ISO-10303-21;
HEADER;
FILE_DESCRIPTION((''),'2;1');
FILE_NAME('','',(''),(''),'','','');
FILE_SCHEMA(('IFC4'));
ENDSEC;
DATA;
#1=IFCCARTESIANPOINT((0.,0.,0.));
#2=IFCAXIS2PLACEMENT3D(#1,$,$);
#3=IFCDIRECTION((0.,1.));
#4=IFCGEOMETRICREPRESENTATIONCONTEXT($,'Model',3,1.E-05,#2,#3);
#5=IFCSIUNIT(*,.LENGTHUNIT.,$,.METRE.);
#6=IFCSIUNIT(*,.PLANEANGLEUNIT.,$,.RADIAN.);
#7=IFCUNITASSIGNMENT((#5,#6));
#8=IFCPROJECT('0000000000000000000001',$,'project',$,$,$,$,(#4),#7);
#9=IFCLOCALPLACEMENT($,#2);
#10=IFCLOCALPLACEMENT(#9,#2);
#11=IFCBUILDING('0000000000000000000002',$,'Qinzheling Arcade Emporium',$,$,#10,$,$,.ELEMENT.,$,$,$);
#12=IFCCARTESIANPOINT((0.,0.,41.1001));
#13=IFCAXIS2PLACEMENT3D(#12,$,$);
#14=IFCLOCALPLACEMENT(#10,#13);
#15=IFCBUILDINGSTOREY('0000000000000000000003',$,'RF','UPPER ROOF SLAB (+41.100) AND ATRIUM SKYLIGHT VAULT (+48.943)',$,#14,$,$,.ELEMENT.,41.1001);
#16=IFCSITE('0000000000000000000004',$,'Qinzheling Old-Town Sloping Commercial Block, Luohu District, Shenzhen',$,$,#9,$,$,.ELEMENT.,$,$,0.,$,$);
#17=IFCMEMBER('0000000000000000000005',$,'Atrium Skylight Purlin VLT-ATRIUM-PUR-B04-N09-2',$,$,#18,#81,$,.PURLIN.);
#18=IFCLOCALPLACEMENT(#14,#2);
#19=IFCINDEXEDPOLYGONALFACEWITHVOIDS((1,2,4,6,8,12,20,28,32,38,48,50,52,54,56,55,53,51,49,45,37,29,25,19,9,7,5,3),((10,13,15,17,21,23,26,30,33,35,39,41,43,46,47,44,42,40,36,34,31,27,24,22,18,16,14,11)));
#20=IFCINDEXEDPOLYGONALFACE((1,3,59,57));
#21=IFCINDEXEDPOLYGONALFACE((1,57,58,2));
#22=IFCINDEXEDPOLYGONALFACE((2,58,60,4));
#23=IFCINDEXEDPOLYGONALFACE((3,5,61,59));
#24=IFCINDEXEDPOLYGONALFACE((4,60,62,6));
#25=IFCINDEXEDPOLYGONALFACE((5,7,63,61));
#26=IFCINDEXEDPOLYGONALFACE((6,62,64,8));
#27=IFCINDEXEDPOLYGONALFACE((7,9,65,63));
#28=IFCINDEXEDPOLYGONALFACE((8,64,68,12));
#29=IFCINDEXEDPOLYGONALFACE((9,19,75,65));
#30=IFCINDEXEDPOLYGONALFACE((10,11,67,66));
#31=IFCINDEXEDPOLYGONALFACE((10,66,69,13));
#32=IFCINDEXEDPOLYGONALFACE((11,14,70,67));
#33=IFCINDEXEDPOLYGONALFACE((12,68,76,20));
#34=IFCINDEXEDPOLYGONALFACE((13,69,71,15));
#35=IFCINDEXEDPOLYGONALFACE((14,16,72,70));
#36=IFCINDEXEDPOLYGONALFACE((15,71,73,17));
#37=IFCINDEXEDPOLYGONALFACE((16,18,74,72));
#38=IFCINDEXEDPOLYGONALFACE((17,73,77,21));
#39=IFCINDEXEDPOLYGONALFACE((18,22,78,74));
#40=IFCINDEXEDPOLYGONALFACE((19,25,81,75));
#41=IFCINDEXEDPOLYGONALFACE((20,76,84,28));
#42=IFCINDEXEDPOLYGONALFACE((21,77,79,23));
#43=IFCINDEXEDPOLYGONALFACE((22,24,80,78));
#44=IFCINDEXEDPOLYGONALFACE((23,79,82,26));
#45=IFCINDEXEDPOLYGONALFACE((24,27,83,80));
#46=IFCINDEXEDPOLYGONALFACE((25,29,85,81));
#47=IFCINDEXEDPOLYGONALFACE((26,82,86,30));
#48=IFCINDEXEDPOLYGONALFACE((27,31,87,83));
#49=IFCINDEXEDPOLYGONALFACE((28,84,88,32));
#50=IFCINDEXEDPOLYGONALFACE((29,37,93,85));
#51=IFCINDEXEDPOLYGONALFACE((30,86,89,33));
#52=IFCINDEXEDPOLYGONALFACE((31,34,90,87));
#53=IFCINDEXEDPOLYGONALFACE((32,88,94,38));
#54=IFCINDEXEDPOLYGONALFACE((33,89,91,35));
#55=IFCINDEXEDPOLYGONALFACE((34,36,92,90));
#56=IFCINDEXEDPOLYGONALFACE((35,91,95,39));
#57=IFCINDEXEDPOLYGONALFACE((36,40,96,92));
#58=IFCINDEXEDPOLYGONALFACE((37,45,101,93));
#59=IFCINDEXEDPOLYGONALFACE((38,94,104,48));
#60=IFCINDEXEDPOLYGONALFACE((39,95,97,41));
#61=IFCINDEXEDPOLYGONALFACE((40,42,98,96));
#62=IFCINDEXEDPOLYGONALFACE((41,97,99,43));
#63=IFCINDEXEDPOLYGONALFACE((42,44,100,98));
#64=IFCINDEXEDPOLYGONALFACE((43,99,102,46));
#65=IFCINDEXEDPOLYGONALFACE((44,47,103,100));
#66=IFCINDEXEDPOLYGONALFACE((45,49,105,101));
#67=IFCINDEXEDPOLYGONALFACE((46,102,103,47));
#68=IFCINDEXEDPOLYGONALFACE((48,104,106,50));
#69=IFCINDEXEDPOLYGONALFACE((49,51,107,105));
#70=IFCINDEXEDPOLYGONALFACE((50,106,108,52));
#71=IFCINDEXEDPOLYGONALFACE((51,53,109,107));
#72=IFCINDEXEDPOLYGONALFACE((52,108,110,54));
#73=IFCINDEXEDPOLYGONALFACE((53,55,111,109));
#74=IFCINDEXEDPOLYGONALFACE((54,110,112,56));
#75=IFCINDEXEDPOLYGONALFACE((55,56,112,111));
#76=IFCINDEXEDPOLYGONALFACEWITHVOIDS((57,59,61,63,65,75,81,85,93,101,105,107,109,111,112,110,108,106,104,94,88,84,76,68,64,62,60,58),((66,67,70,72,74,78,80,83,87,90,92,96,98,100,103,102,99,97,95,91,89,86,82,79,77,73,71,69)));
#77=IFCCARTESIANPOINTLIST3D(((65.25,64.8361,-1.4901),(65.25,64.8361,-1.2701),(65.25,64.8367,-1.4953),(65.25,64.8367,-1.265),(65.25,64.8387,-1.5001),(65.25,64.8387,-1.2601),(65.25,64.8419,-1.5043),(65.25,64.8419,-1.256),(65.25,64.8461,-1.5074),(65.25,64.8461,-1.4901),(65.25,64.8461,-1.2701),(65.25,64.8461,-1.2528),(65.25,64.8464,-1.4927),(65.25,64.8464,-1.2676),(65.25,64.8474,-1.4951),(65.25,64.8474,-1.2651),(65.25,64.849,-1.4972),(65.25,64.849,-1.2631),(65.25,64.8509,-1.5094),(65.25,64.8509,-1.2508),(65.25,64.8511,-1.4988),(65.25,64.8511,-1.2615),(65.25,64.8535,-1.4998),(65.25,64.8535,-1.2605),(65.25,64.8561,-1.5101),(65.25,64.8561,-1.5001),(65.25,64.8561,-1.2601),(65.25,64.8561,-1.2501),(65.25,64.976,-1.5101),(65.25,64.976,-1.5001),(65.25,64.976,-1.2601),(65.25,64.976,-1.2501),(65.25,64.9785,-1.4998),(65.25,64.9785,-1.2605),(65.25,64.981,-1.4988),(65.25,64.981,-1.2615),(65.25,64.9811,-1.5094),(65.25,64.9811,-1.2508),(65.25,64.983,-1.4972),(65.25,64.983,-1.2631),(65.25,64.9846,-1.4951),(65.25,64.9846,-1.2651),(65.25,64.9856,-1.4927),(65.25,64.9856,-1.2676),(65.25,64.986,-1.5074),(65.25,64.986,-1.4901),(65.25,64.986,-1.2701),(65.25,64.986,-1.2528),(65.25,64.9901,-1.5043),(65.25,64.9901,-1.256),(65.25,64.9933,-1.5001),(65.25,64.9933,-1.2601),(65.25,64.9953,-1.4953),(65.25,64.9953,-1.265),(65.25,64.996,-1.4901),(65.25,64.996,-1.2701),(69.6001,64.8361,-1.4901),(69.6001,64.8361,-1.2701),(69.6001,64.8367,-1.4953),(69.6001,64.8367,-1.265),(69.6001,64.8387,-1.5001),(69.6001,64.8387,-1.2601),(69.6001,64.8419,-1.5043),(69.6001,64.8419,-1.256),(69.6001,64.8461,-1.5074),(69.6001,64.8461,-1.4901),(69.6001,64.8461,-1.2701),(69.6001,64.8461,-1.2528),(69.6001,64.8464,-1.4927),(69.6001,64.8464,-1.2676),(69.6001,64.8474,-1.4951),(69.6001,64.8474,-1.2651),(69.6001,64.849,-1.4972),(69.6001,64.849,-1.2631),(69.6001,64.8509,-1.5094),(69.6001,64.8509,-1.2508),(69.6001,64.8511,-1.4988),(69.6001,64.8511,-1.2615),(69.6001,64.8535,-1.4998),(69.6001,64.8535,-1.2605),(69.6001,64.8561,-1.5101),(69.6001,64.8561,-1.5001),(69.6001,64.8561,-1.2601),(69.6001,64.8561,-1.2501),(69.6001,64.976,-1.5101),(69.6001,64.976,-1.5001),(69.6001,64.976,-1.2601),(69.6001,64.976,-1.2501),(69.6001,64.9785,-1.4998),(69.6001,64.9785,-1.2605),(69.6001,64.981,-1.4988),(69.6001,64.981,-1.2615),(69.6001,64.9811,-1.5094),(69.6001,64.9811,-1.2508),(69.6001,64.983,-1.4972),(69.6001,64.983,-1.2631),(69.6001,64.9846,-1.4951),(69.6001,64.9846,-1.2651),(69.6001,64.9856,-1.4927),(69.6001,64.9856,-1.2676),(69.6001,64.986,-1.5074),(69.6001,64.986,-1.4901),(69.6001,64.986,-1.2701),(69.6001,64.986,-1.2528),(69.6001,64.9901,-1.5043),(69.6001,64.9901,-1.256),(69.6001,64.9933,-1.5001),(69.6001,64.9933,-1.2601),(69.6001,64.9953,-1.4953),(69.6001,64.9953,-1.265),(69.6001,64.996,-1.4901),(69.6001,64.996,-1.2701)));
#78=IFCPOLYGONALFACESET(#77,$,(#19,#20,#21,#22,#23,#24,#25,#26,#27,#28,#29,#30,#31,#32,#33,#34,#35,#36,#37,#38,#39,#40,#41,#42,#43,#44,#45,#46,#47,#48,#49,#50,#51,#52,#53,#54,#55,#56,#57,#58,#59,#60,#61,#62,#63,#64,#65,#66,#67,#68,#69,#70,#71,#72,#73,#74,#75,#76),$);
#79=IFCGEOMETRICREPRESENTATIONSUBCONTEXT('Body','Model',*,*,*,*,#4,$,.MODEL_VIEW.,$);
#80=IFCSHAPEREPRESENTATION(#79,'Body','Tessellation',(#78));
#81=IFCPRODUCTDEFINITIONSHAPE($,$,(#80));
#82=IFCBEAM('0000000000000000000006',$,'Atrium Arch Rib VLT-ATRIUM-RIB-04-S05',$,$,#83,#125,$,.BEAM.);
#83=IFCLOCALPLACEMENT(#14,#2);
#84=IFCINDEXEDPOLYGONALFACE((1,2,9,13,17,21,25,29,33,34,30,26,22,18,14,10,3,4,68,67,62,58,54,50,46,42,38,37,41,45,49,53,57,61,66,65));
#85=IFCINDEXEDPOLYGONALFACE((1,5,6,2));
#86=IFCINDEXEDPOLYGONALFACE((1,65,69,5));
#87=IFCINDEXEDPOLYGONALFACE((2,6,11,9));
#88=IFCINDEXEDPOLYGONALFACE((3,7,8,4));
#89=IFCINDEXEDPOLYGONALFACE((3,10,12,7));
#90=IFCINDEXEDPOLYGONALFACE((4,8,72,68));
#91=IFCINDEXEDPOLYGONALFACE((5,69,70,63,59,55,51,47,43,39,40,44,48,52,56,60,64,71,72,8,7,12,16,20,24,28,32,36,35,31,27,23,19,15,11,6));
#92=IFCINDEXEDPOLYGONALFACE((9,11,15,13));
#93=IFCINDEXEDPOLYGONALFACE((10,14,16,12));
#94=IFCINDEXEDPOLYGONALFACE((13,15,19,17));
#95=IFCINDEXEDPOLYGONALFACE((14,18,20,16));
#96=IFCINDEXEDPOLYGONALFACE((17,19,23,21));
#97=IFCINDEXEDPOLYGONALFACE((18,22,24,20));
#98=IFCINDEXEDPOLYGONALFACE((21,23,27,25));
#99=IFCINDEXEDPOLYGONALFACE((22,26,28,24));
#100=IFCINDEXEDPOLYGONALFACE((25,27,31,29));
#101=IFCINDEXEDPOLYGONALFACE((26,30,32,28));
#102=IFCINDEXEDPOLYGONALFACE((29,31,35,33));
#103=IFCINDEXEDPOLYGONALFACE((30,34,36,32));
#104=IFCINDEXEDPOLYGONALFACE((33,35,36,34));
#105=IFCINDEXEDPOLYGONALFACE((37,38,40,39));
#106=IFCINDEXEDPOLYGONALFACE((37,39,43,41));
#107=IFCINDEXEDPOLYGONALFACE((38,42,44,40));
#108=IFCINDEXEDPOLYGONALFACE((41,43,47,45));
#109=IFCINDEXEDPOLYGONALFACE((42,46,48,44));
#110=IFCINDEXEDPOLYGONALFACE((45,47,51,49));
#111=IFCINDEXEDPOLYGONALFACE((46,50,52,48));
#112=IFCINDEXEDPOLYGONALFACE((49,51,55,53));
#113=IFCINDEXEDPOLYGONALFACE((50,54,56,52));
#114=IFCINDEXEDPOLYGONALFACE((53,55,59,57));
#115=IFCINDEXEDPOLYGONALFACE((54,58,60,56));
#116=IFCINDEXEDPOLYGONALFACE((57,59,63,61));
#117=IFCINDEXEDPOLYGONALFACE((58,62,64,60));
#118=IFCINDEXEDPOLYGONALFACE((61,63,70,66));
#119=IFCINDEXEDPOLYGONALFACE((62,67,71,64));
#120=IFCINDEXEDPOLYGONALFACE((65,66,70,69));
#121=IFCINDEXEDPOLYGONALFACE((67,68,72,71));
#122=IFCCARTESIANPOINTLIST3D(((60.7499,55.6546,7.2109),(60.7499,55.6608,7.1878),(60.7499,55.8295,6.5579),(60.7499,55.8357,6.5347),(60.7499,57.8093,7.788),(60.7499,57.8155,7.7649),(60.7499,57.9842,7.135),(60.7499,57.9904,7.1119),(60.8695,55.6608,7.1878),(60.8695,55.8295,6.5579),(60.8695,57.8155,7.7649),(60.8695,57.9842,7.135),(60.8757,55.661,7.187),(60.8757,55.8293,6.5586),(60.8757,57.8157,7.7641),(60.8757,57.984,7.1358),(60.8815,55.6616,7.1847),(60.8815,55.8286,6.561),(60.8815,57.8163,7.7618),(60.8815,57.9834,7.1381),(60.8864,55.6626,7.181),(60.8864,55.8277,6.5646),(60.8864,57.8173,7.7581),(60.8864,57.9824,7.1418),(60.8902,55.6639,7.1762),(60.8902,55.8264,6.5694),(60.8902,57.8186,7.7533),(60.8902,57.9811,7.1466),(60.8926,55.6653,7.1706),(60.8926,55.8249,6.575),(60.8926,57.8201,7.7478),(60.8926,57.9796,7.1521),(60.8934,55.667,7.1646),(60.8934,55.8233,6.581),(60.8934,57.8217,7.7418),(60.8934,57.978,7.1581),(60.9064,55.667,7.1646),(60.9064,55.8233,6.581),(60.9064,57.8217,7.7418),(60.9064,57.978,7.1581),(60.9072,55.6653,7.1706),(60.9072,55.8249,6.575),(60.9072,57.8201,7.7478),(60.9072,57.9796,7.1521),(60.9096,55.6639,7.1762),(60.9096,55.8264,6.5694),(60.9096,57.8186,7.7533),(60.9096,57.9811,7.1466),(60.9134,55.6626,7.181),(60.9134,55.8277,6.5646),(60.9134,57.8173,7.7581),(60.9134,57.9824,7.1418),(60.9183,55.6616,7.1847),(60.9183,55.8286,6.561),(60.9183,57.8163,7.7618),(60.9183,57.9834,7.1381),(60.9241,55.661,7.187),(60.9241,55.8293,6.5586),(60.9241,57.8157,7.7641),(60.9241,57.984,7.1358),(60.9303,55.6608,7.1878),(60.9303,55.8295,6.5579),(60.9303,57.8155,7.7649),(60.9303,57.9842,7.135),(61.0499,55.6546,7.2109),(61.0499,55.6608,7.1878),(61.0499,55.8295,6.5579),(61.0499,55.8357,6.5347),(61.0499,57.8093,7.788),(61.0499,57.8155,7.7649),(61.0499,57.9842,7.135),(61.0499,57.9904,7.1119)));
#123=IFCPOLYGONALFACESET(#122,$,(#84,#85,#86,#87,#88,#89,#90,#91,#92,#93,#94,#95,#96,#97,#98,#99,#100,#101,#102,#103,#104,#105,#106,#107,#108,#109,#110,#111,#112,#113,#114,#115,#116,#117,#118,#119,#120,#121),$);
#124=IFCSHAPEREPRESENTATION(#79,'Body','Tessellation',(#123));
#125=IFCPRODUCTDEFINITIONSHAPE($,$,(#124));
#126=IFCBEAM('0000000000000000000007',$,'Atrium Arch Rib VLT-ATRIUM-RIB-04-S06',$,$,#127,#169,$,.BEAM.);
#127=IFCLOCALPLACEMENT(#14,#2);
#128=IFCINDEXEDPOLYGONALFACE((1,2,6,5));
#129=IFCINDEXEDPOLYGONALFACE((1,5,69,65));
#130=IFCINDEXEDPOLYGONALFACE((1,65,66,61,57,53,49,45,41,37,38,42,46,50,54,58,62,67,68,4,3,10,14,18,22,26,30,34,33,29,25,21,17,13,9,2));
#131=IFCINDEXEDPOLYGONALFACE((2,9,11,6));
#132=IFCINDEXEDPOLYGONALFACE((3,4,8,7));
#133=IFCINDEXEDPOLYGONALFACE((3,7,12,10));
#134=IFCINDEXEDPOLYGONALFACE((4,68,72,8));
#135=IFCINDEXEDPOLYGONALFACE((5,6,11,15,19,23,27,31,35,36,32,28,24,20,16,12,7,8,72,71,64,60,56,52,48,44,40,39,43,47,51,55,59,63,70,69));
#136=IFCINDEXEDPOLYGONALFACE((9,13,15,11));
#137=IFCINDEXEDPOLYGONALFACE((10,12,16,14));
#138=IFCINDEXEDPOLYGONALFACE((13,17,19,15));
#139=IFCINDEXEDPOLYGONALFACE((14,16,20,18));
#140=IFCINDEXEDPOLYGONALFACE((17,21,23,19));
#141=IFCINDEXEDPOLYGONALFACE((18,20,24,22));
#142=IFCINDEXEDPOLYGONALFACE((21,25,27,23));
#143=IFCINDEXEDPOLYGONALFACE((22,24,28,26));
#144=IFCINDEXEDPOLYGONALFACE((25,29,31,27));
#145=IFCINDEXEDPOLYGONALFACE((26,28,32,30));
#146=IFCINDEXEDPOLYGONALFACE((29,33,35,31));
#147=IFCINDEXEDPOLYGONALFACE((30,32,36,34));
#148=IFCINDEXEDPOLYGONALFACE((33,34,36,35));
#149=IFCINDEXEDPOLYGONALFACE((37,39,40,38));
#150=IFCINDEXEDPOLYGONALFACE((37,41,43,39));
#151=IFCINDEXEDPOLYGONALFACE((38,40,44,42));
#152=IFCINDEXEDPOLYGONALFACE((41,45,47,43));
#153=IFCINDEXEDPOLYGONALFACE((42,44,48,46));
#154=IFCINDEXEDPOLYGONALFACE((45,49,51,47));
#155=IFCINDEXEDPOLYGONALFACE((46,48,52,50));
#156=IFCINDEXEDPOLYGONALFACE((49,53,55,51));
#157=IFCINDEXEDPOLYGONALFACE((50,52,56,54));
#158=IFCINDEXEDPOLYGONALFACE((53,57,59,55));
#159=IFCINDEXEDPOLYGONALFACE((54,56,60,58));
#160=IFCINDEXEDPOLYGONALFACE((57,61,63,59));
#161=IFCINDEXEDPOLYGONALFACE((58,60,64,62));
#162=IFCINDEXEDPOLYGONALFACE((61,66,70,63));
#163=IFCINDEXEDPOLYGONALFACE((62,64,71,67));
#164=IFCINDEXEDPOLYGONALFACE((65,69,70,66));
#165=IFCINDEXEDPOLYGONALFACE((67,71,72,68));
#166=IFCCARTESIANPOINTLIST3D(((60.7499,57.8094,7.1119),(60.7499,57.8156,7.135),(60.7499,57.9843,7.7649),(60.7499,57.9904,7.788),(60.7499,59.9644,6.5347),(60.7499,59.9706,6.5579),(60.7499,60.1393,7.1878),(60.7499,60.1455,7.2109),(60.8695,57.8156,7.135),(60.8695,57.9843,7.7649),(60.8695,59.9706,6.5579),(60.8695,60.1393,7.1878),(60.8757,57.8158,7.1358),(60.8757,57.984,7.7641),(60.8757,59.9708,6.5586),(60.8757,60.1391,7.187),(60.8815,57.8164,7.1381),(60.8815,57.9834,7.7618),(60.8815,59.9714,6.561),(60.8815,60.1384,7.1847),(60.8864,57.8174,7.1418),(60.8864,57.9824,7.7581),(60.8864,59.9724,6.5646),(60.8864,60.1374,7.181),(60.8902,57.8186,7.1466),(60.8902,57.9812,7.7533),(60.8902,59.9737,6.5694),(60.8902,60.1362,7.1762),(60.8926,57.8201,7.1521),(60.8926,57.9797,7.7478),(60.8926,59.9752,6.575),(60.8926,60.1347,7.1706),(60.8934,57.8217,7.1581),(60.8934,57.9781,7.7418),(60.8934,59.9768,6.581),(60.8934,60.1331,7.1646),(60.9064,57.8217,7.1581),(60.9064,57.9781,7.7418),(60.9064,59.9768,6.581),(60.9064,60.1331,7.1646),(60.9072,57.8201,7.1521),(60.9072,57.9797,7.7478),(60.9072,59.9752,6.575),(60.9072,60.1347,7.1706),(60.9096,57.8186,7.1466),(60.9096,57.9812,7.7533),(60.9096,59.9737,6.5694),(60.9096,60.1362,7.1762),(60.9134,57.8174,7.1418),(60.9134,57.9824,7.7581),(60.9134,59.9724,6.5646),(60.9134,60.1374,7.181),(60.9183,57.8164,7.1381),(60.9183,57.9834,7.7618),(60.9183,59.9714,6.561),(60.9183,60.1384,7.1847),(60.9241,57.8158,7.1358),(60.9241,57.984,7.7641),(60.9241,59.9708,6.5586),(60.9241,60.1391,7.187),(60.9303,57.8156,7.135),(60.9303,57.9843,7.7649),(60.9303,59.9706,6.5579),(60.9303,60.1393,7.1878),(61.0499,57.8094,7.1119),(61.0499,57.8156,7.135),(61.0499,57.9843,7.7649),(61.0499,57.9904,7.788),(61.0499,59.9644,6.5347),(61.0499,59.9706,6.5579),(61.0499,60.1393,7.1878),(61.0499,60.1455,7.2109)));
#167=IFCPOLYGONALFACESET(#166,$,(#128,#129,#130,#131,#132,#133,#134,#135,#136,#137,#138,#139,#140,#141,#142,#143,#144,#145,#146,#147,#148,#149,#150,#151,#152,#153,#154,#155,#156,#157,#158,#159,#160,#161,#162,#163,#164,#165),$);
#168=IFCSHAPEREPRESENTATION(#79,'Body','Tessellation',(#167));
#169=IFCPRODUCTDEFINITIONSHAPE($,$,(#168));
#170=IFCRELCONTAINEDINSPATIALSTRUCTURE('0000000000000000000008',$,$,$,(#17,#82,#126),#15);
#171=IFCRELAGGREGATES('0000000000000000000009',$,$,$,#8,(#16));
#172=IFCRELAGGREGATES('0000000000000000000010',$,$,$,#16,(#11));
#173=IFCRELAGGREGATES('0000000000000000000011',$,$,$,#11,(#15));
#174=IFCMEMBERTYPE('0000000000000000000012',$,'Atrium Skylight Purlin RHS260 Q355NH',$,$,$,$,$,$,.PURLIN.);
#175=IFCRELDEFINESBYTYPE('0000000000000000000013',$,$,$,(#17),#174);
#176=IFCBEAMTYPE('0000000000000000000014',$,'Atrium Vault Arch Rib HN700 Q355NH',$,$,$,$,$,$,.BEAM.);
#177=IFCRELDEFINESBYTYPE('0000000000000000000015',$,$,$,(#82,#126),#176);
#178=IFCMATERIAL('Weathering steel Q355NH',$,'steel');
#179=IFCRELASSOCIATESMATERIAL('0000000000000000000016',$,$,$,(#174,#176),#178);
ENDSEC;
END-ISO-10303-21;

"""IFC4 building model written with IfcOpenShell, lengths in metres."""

from ifc_helpers import new_model, si_unit, direction, frame, origin, origin_2d, place, context, subcontext, project, spatial, hollow_rectangle, i_section, extrude, material, material_profile, profile_set, type_object, element, save


model = new_model("IFC4")

# Units and contexts
model_context = context("Model", 3, precision=1e-05, world=origin(), true_north=direction((0.0, 1.0)))
body_context = subcontext(model_context, "Body", "Model", "MODEL_VIEW")
ifc_project = project(units=[si_unit("LENGTHUNIT", "METRE"), si_unit("PLANEANGLEUNIT", "RADIAN")], contexts=[model_context])

# Site, building, storey
site_placement = place(None, origin())
site = spatial("IfcSite", under=ifc_project, at=site_placement, Name="Qinzheling Old-Town Sloping Commercial Block, Luohu District, Shenzhen", CompositionType="ELEMENT", RefElevation=0.0)
building_placement = place(site_placement, origin())
building = spatial("IfcBuilding", under=site, at=building_placement, Name="Qinzheling Arcade Emporium", CompositionType="ELEMENT")
storey_placement = place(building_placement, frame((0.0, 0.0, 41.1001)))
storey = spatial("IfcBuildingStorey", under=building, at=storey_placement, Name="RF", Description="UPPER ROOF SLAB (+41.100) AND ATRIUM SKYLIGHT VAULT (+48.943)", CompositionType="ELEMENT", Elevation=41.1001)

# Shared definitions
ifc_material_1 = material(Name="Weathering steel Q355NH", Category="steel")

# Member
ifc_material_profile_1 = material_profile(ifc_material_1, hollow_rectangle(XDim=0.1599, YDim=0.26, WallThickness=0.01, InnerFilletRadius=0.01, OuterFilletRadius=0.02, at=origin_2d()), Name="RHS 260x160x10", Category="steel")
ifc_profile_set_1 = profile_set([ifc_material_profile_1], Name="Weathering steel Q355NH")
member_type_1 = type_object("IfcMemberType", Name="Atrium Skylight Purlin RHS260 Q355NH", PredefinedType="PURLIN", material=ifc_profile_set_1)
for number, where, z_axis, x_axis, name in (
    (1, (65.25, 64.916, -1.3801), (1.0, 0.0, 0.0), (0.0, 1.0, 0.0), "Atrium Skylight Purlin VLT-ATRIUM-PUR-B04-N09-2"),
):
    element("IfcMember", number, at=place(storey_placement, frame(where, z_axis=z_axis, x_axis=x_axis)), inside=storey, type_object=member_type_1, Name=name, PredefinedType="PURLIN", context=body_context, shape_type="SweptSolid", body=[
        extrude(hollow_rectangle(XDim=0.1599, YDim=0.26, WallThickness=0.01, InnerFilletRadius=0.01, OuterFilletRadius=0.02, at=origin_2d()), origin(), (0.0, 0.0, 1.0), 4.3501),
    ])

# Beams
ifc_material_profile_2 = material_profile(ifc_material_1, i_section(OverallWidth=0.3, OverallDepth=0.7, WebThickness=0.0129, FlangeThickness=0.0239, FilletRadius=0.0239, at=origin_2d()), Name="HN 700x300x13x24", Category="steel")
ifc_profile_set_2 = profile_set([ifc_material_profile_2], Name="Weathering steel Q355NH")
beam_type_1 = type_object("IfcBeamType", Name="Atrium Vault Arch Rib HN700 Q355NH", PredefinedType="BEAM", material=ifc_profile_set_2)
beam_1_placement = place(storey_placement, frame((60.8999, 55.7451, 6.8728), z_axis=(0.0, 0.965951, 0.258725), x_axis=(-1.0, 0.0, 0.0)))
element("IfcBeam", 2, at=beam_1_placement, inside=storey, type_object=beam_type_1, Name="Atrium Arch Rib VLT-ATRIUM-RIB-04-S05", PredefinedType="BEAM", context=body_context, shape_type="SweptSolid", body=[
    extrude(i_section(OverallWidth=0.3, OverallDepth=0.7, WebThickness=0.0129, FlangeThickness=0.0239, FilletRadius=0.0239, at=origin_2d()), origin(), (0.0, 0.0, 1.0), 2.2307),
])
beam_2_placement = place(storey_placement, frame((60.8999, 57.8999, 7.45), z_axis=(0.0, 0.965958, -0.258698), x_axis=(-1.0, 0.0, 0.0)))
element("IfcBeam", 3, at=beam_2_placement, inside=storey, type_object=beam_type_1, Name="Atrium Arch Rib VLT-ATRIUM-RIB-04-S06", PredefinedType="BEAM", context=body_context, shape_type="SweptSolid", body=[
    extrude(i_section(OverallWidth=0.3, OverallDepth=0.7, WebThickness=0.0129, FlangeThickness=0.0239, FilletRadius=0.0239, at=origin_2d()), origin(), (0.0, 0.0, 1.0), 2.231),
])

save(model, "model.ifc")
